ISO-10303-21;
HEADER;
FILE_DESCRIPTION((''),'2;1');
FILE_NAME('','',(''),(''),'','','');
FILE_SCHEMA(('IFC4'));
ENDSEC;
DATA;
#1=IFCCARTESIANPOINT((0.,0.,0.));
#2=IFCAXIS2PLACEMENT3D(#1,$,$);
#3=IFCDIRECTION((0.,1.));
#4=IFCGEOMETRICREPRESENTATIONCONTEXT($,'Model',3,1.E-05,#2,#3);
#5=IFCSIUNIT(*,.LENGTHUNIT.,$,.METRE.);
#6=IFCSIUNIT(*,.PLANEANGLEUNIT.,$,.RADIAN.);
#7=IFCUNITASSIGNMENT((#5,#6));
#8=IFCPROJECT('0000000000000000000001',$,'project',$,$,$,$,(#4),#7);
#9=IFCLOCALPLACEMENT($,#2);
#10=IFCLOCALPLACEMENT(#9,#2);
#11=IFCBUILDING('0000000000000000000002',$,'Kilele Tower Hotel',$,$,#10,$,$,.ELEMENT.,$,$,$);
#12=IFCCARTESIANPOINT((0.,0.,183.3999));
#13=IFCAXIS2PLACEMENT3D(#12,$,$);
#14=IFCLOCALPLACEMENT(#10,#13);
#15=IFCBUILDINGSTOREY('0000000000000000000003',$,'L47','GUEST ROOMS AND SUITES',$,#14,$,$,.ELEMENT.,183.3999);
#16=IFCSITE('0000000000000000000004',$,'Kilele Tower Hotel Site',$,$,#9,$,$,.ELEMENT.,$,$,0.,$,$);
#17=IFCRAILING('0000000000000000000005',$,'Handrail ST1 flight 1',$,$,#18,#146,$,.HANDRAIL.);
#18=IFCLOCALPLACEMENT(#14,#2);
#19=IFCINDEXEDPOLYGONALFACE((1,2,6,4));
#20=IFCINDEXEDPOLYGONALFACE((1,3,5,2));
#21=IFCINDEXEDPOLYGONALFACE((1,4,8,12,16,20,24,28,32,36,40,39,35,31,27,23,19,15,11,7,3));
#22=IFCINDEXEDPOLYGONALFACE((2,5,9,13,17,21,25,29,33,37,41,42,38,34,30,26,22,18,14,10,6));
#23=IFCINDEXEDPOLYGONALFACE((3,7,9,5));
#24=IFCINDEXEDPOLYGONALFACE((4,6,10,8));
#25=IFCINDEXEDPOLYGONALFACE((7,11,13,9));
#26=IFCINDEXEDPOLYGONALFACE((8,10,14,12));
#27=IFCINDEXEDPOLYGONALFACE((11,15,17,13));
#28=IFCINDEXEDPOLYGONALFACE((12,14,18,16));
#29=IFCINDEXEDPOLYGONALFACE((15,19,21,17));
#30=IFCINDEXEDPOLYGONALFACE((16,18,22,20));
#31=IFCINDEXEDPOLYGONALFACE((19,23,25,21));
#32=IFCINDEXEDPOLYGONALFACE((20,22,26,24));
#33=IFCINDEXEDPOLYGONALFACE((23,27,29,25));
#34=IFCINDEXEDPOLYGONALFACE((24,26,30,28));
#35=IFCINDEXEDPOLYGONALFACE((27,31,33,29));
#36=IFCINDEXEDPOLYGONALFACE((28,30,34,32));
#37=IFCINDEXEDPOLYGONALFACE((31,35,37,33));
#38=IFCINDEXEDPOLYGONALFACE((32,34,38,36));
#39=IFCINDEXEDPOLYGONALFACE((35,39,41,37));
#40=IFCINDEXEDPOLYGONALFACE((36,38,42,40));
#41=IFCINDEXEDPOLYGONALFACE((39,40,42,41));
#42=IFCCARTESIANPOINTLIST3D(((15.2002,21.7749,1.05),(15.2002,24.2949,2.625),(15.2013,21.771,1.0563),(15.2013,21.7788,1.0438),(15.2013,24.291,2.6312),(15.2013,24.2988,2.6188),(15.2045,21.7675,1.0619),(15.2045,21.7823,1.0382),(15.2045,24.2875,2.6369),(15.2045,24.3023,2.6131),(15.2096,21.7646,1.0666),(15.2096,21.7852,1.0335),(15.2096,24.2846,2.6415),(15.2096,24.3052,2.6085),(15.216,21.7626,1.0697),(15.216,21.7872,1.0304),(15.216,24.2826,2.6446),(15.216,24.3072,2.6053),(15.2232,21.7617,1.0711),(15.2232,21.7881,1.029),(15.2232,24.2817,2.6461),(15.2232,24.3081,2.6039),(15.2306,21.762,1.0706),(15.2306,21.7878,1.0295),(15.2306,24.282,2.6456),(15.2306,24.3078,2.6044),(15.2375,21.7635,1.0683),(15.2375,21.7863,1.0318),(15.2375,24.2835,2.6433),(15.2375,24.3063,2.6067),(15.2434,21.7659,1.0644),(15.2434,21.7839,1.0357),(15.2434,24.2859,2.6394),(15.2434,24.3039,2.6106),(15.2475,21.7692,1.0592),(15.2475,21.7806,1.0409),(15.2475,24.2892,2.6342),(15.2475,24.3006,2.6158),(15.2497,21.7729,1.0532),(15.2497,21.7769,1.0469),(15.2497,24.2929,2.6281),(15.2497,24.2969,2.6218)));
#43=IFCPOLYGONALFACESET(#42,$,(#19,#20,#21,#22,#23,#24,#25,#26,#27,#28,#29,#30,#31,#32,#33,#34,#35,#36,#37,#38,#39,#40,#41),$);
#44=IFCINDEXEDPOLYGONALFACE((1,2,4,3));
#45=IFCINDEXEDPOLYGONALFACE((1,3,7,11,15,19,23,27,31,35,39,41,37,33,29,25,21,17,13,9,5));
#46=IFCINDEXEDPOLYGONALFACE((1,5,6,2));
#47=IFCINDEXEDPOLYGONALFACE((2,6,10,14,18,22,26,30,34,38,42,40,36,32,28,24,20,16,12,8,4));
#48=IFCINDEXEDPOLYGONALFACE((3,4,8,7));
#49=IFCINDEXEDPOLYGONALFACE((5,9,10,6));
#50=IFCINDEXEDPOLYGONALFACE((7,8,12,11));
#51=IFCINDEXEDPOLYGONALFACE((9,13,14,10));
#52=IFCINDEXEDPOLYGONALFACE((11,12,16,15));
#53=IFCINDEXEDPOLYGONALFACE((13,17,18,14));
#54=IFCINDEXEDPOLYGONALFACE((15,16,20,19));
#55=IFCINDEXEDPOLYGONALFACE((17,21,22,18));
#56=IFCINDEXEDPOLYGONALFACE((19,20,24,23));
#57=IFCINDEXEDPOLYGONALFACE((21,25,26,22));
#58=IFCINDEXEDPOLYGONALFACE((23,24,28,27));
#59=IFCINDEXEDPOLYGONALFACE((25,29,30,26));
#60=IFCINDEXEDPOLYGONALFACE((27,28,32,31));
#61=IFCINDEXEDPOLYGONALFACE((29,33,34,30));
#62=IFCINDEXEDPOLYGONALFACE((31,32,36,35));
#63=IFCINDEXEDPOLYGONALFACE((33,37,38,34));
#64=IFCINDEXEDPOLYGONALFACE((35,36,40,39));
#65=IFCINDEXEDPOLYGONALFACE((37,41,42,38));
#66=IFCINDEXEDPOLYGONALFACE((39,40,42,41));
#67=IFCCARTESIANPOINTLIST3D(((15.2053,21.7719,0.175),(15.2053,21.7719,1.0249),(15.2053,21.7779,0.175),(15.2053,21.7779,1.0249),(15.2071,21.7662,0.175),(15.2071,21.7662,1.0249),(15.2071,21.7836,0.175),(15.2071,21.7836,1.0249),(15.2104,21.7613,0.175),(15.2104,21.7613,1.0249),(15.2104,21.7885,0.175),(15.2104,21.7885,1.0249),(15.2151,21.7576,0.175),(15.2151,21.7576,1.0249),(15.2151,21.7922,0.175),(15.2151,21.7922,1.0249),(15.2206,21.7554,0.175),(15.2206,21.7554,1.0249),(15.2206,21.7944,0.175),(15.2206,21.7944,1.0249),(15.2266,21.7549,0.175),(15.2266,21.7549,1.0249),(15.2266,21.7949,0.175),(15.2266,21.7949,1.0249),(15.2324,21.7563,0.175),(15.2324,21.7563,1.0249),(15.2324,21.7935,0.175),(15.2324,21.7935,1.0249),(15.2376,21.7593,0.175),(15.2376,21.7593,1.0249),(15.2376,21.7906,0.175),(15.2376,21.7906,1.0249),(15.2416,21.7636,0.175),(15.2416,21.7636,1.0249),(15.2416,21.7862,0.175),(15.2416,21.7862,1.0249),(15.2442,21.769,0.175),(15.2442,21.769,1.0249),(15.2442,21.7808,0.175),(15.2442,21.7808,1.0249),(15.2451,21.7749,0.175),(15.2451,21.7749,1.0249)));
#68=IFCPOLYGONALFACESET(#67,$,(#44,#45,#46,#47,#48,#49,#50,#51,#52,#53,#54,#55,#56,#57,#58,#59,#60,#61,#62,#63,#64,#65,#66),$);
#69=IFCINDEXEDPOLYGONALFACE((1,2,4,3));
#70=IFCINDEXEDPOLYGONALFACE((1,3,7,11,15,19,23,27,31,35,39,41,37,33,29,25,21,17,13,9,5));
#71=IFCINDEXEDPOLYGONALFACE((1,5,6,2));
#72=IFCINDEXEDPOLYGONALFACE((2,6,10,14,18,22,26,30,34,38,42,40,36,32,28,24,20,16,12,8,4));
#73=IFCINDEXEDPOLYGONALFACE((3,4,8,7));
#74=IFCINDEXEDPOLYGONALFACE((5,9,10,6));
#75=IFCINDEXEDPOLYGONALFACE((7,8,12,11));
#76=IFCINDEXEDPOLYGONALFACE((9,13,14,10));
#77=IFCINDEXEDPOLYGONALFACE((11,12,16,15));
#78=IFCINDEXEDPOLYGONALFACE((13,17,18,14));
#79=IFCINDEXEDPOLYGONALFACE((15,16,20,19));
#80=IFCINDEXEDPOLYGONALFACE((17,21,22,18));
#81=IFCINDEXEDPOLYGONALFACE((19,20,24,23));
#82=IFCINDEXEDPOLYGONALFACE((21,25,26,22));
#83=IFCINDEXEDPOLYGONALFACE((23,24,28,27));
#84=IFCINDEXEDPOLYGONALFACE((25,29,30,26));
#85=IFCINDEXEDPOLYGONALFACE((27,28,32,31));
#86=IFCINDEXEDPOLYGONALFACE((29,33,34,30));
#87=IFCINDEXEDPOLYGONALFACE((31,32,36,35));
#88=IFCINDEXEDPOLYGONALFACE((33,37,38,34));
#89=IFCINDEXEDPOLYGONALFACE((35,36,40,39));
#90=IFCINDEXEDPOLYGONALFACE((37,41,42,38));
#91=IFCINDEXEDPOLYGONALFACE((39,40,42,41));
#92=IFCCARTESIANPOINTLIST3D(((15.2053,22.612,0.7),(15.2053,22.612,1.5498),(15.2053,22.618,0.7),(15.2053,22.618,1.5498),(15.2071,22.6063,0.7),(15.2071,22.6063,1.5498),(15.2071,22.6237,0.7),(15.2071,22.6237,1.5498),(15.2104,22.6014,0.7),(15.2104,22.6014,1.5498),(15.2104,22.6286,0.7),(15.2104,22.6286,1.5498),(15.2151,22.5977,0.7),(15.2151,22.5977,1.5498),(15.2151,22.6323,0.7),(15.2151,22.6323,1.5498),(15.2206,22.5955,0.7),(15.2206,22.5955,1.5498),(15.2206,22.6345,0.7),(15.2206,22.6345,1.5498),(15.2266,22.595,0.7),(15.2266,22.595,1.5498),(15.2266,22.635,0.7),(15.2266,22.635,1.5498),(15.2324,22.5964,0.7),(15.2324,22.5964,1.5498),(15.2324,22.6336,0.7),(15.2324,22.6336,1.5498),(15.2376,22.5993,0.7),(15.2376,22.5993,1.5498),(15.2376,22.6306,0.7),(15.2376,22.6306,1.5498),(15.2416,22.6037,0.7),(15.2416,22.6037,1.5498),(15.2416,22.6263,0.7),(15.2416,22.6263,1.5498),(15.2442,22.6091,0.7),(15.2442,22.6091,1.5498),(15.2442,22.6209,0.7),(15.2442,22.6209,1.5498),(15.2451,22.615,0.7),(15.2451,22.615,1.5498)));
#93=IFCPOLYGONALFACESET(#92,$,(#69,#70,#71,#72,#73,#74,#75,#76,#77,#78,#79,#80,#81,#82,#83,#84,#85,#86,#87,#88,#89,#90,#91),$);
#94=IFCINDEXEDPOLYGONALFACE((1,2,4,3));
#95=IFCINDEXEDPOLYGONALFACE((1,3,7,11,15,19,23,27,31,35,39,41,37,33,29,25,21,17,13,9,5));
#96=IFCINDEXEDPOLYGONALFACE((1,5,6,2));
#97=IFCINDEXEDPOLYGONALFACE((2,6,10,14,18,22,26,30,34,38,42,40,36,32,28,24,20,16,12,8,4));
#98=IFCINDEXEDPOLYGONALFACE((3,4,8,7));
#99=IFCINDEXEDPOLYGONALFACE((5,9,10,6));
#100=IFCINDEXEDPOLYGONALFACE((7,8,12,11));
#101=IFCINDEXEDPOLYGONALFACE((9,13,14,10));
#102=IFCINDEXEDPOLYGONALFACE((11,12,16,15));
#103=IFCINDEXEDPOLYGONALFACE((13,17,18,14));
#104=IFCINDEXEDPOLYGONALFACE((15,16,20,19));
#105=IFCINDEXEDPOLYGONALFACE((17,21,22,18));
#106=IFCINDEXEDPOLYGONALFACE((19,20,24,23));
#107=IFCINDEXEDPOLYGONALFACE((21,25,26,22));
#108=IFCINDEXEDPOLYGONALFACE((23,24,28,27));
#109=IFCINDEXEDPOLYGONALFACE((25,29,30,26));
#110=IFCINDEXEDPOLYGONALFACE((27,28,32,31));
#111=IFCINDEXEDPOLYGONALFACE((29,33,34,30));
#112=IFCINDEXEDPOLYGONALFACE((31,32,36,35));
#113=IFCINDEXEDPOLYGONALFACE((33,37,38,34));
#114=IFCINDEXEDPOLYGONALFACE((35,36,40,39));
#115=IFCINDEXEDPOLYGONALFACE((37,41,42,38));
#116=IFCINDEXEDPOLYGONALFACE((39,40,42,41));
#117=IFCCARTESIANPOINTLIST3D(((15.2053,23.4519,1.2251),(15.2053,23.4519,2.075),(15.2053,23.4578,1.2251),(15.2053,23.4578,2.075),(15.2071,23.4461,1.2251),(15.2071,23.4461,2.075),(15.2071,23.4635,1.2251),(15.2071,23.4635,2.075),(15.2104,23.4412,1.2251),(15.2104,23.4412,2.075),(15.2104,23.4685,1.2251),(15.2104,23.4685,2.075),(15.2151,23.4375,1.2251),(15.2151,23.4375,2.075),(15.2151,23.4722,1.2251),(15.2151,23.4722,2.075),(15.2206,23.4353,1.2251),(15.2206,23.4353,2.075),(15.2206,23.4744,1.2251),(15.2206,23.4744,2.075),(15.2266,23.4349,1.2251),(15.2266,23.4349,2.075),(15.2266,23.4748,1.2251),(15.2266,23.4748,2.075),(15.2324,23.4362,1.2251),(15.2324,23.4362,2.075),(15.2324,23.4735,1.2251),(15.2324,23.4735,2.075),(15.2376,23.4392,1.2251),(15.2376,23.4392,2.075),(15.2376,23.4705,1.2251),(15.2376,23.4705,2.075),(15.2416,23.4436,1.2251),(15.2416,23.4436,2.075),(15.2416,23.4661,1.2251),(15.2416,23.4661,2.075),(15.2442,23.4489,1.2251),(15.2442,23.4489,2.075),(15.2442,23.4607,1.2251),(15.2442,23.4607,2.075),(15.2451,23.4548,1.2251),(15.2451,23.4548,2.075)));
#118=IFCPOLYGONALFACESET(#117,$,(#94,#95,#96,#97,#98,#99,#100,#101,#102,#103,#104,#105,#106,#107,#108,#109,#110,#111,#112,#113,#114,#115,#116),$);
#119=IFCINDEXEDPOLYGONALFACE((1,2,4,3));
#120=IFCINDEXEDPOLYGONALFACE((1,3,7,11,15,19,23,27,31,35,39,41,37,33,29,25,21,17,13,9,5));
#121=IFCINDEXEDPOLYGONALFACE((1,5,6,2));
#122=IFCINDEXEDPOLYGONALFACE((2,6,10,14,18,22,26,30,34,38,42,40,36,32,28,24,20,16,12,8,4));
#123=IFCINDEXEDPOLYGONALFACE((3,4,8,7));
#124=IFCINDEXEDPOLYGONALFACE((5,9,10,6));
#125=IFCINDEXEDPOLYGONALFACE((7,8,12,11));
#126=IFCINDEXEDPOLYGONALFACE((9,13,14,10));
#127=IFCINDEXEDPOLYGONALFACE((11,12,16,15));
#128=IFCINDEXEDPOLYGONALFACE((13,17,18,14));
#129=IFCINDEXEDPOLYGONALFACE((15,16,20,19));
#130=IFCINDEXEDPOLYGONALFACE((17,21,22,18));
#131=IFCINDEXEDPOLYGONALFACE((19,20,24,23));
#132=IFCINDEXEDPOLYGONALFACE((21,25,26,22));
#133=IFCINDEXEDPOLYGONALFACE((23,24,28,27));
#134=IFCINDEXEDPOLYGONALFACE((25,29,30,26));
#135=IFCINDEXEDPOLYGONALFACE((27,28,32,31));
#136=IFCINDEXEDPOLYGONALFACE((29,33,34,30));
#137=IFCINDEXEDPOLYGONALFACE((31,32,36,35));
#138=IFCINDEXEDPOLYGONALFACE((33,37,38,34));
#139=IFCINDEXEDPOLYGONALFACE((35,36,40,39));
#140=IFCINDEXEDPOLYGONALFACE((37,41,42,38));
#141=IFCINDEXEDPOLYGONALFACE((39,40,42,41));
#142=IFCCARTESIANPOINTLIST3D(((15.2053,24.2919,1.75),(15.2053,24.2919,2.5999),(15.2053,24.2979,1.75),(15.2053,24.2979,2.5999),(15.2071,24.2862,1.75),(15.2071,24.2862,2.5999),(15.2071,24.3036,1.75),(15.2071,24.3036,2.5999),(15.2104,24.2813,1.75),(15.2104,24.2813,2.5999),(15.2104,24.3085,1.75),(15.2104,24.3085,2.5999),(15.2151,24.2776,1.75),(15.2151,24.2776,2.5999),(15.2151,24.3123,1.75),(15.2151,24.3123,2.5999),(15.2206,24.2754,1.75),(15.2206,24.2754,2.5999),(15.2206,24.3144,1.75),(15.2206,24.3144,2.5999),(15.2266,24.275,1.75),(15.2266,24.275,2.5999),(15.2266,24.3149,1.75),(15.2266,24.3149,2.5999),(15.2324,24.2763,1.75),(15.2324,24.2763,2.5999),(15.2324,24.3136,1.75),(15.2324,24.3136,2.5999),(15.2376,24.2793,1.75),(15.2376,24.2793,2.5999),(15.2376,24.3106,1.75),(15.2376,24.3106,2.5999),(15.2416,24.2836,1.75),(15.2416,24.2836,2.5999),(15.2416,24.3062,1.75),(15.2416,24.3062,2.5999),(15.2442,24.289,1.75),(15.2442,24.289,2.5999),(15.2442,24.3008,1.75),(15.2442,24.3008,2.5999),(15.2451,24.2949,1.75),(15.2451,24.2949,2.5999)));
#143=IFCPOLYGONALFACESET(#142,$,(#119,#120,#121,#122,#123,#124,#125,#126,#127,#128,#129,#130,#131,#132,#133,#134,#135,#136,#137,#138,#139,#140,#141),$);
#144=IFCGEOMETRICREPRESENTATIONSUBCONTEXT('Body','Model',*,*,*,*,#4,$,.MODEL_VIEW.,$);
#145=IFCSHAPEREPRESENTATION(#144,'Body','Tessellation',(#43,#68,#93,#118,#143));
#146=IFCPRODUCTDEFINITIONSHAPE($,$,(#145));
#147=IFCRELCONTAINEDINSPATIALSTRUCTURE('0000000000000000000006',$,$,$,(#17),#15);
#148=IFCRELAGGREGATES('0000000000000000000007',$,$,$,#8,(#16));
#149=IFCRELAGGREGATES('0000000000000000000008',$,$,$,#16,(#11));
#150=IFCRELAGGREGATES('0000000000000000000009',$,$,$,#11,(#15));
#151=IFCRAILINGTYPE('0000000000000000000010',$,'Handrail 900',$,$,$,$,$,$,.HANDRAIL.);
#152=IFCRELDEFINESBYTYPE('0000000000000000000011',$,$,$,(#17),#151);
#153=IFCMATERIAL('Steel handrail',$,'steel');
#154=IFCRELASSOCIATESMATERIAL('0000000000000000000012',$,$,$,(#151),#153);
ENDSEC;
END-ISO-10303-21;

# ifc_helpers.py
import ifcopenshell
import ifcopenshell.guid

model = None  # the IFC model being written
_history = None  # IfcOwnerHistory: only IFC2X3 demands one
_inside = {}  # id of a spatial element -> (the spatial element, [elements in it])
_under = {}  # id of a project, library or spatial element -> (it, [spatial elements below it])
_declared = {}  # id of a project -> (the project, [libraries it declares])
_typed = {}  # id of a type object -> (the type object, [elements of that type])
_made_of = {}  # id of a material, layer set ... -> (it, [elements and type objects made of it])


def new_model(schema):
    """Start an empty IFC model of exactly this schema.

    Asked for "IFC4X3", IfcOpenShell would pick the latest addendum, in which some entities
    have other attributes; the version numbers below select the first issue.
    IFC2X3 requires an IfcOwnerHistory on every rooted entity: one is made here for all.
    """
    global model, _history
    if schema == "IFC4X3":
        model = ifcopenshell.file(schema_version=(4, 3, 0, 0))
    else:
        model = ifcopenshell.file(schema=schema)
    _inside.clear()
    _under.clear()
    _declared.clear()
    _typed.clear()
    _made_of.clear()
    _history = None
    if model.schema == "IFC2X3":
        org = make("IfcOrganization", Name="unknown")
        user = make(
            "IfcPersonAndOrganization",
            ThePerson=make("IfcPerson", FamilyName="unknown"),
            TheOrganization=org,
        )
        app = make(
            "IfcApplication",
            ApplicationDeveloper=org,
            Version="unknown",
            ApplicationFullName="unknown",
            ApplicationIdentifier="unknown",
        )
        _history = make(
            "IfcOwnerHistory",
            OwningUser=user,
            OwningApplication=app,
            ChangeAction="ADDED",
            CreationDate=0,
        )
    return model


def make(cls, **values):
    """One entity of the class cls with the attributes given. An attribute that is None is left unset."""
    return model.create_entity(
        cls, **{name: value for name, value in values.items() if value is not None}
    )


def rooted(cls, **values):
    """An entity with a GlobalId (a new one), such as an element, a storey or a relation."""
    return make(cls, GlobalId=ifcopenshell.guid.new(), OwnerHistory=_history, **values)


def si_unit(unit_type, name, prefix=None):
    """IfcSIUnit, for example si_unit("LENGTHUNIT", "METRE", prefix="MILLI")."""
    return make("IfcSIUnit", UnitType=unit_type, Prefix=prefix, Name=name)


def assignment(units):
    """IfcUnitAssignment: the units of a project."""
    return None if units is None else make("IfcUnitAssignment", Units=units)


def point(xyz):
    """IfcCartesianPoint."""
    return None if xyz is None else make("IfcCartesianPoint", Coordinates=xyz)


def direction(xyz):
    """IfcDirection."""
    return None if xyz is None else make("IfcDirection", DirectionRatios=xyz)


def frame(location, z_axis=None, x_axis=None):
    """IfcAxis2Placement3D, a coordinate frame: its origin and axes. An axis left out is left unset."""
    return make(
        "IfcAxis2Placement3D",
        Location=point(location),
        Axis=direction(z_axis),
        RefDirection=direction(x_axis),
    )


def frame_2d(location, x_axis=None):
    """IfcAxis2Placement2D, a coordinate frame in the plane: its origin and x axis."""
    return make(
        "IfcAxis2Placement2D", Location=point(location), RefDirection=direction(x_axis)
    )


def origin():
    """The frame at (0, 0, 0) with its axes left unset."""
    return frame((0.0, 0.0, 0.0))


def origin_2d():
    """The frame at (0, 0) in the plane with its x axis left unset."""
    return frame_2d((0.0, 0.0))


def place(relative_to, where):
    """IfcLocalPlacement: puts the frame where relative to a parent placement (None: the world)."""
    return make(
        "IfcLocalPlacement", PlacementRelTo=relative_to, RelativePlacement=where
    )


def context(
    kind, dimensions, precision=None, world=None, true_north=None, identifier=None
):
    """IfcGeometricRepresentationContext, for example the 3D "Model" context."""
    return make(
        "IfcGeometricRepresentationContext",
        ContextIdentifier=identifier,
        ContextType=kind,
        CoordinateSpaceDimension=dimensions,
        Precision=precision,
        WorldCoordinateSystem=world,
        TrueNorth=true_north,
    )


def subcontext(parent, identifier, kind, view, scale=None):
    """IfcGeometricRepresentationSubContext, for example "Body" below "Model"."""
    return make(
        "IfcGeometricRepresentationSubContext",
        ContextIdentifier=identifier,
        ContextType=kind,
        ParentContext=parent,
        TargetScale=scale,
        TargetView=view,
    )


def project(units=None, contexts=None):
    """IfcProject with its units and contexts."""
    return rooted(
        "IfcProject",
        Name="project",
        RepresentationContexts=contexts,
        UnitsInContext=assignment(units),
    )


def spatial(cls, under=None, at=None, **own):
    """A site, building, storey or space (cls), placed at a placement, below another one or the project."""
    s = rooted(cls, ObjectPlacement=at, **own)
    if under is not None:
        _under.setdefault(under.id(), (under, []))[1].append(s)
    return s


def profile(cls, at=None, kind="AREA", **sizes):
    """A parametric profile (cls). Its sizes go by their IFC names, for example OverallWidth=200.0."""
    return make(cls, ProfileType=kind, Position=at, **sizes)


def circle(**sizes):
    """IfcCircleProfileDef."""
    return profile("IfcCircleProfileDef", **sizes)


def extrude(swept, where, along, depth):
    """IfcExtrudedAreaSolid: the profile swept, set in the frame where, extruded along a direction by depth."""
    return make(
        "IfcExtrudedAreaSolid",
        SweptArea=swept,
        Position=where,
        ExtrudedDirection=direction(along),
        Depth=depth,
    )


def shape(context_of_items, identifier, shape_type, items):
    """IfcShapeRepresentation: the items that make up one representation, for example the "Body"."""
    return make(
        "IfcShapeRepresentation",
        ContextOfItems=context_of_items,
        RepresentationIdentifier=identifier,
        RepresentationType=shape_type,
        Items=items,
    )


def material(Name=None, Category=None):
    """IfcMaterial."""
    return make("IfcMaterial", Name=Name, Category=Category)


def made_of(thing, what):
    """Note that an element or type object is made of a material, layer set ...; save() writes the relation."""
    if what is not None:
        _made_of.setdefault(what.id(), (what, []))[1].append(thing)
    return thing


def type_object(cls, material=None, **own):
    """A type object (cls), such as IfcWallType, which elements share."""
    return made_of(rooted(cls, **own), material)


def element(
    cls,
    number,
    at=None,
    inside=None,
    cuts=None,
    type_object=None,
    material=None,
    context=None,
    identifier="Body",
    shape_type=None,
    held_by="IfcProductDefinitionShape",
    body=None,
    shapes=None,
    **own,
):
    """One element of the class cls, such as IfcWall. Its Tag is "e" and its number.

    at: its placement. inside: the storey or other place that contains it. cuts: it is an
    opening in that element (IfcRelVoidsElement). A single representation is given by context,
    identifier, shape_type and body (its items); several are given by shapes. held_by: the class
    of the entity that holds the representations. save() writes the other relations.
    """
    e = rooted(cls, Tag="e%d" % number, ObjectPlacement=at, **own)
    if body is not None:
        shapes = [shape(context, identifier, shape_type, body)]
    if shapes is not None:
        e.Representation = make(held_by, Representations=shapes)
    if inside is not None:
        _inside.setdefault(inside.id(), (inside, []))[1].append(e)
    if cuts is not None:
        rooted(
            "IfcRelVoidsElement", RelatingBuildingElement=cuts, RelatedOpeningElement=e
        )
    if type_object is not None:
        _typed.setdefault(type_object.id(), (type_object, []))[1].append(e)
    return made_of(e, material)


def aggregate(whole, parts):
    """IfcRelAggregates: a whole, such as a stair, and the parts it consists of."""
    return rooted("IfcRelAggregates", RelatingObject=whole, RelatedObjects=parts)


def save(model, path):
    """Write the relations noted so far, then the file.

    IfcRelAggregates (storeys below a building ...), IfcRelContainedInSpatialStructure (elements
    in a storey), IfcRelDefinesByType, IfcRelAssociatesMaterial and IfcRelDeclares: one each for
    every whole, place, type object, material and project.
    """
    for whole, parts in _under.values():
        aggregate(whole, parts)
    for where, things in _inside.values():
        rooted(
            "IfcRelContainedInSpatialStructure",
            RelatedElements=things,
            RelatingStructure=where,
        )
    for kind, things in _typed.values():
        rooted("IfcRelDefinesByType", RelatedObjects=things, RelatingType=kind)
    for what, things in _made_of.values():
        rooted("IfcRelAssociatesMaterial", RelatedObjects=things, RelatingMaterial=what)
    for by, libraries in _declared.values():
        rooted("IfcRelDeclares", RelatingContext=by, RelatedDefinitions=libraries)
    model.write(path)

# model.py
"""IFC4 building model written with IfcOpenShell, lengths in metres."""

from ifc_helpers import new_model, si_unit, direction, frame, origin, origin_2d, place, context, subcontext, project, spatial, circle, extrude, material, type_object, element, save


model = new_model("IFC4")

# Units and contexts
model_context = context("Model", 3, precision=1e-05, world=origin(), true_north=direction((0.0, 1.0)))
body_context = subcontext(model_context, "Body", "Model", "MODEL_VIEW")
ifc_project = project(units=[si_unit("LENGTHUNIT", "METRE"), si_unit("PLANEANGLEUNIT", "RADIAN")], contexts=[model_context])

# Site, building, storey
site_placement = place(None, origin())
site = spatial("IfcSite", under=ifc_project, at=site_placement, Name="Kilele Tower Hotel Site", CompositionType="ELEMENT", RefElevation=0.0)
building_placement = place(site_placement, origin())
building = spatial("IfcBuilding", under=site, at=building_placement, Name="Kilele Tower Hotel", CompositionType="ELEMENT")
storey_placement = place(building_placement, frame((0.0, 0.0, 183.3999)))
storey = spatial("IfcBuildingStorey", under=building, at=storey_placement, Name="L47", Description="GUEST ROOMS AND SUITES", CompositionType="ELEMENT", Elevation=183.3999)

# Railing
ifc_material_1 = material(Name="Steel handrail", Category="steel")
railing_type_1 = type_object("IfcRailingType", Name="Handrail 900", PredefinedType="HANDRAIL", material=ifc_material_1)
for number, where, name in (
    (1, (15.2251, 21.7749, 0.175), "Handrail ST1 flight 1"),
):
    element("IfcRailing", number, at=place(storey_placement, frame(where)), inside=storey, type_object=railing_type_1, Name=name, PredefinedType="HANDRAIL", context=body_context, shape_type="SweptSolid", body=[
        extrude(circle(Radius=0.0249, at=origin_2d()), frame((0.0, 0.0, 0.875), z_axis=(0.0, 0.848008, 0.529984), x_axis=(-1.0, 0.0, 0.0)), (0.0, 0.0, 1.0), 2.9717),
        extrude(circle(Radius=0.02, at=origin_2d()), origin(), (0.0, 0.0, 1.0), 0.8499),
        extrude(circle(Radius=0.02, at=origin_2d()), frame((0.0, 0.8401, 0.5249)), (0.0, 0.0, 1.0), 0.8499),
        extrude(circle(Radius=0.02, at=origin_2d()), frame((0.0, 1.6799, 1.05)), (0.0, 0.0, 1.0), 0.8499),
        extrude(circle(Radius=0.02, at=origin_2d()), frame((0.0, 2.52, 1.575)), (0.0, 0.0, 1.0), 0.8499),
    ])

save(model, "model.ifc")
